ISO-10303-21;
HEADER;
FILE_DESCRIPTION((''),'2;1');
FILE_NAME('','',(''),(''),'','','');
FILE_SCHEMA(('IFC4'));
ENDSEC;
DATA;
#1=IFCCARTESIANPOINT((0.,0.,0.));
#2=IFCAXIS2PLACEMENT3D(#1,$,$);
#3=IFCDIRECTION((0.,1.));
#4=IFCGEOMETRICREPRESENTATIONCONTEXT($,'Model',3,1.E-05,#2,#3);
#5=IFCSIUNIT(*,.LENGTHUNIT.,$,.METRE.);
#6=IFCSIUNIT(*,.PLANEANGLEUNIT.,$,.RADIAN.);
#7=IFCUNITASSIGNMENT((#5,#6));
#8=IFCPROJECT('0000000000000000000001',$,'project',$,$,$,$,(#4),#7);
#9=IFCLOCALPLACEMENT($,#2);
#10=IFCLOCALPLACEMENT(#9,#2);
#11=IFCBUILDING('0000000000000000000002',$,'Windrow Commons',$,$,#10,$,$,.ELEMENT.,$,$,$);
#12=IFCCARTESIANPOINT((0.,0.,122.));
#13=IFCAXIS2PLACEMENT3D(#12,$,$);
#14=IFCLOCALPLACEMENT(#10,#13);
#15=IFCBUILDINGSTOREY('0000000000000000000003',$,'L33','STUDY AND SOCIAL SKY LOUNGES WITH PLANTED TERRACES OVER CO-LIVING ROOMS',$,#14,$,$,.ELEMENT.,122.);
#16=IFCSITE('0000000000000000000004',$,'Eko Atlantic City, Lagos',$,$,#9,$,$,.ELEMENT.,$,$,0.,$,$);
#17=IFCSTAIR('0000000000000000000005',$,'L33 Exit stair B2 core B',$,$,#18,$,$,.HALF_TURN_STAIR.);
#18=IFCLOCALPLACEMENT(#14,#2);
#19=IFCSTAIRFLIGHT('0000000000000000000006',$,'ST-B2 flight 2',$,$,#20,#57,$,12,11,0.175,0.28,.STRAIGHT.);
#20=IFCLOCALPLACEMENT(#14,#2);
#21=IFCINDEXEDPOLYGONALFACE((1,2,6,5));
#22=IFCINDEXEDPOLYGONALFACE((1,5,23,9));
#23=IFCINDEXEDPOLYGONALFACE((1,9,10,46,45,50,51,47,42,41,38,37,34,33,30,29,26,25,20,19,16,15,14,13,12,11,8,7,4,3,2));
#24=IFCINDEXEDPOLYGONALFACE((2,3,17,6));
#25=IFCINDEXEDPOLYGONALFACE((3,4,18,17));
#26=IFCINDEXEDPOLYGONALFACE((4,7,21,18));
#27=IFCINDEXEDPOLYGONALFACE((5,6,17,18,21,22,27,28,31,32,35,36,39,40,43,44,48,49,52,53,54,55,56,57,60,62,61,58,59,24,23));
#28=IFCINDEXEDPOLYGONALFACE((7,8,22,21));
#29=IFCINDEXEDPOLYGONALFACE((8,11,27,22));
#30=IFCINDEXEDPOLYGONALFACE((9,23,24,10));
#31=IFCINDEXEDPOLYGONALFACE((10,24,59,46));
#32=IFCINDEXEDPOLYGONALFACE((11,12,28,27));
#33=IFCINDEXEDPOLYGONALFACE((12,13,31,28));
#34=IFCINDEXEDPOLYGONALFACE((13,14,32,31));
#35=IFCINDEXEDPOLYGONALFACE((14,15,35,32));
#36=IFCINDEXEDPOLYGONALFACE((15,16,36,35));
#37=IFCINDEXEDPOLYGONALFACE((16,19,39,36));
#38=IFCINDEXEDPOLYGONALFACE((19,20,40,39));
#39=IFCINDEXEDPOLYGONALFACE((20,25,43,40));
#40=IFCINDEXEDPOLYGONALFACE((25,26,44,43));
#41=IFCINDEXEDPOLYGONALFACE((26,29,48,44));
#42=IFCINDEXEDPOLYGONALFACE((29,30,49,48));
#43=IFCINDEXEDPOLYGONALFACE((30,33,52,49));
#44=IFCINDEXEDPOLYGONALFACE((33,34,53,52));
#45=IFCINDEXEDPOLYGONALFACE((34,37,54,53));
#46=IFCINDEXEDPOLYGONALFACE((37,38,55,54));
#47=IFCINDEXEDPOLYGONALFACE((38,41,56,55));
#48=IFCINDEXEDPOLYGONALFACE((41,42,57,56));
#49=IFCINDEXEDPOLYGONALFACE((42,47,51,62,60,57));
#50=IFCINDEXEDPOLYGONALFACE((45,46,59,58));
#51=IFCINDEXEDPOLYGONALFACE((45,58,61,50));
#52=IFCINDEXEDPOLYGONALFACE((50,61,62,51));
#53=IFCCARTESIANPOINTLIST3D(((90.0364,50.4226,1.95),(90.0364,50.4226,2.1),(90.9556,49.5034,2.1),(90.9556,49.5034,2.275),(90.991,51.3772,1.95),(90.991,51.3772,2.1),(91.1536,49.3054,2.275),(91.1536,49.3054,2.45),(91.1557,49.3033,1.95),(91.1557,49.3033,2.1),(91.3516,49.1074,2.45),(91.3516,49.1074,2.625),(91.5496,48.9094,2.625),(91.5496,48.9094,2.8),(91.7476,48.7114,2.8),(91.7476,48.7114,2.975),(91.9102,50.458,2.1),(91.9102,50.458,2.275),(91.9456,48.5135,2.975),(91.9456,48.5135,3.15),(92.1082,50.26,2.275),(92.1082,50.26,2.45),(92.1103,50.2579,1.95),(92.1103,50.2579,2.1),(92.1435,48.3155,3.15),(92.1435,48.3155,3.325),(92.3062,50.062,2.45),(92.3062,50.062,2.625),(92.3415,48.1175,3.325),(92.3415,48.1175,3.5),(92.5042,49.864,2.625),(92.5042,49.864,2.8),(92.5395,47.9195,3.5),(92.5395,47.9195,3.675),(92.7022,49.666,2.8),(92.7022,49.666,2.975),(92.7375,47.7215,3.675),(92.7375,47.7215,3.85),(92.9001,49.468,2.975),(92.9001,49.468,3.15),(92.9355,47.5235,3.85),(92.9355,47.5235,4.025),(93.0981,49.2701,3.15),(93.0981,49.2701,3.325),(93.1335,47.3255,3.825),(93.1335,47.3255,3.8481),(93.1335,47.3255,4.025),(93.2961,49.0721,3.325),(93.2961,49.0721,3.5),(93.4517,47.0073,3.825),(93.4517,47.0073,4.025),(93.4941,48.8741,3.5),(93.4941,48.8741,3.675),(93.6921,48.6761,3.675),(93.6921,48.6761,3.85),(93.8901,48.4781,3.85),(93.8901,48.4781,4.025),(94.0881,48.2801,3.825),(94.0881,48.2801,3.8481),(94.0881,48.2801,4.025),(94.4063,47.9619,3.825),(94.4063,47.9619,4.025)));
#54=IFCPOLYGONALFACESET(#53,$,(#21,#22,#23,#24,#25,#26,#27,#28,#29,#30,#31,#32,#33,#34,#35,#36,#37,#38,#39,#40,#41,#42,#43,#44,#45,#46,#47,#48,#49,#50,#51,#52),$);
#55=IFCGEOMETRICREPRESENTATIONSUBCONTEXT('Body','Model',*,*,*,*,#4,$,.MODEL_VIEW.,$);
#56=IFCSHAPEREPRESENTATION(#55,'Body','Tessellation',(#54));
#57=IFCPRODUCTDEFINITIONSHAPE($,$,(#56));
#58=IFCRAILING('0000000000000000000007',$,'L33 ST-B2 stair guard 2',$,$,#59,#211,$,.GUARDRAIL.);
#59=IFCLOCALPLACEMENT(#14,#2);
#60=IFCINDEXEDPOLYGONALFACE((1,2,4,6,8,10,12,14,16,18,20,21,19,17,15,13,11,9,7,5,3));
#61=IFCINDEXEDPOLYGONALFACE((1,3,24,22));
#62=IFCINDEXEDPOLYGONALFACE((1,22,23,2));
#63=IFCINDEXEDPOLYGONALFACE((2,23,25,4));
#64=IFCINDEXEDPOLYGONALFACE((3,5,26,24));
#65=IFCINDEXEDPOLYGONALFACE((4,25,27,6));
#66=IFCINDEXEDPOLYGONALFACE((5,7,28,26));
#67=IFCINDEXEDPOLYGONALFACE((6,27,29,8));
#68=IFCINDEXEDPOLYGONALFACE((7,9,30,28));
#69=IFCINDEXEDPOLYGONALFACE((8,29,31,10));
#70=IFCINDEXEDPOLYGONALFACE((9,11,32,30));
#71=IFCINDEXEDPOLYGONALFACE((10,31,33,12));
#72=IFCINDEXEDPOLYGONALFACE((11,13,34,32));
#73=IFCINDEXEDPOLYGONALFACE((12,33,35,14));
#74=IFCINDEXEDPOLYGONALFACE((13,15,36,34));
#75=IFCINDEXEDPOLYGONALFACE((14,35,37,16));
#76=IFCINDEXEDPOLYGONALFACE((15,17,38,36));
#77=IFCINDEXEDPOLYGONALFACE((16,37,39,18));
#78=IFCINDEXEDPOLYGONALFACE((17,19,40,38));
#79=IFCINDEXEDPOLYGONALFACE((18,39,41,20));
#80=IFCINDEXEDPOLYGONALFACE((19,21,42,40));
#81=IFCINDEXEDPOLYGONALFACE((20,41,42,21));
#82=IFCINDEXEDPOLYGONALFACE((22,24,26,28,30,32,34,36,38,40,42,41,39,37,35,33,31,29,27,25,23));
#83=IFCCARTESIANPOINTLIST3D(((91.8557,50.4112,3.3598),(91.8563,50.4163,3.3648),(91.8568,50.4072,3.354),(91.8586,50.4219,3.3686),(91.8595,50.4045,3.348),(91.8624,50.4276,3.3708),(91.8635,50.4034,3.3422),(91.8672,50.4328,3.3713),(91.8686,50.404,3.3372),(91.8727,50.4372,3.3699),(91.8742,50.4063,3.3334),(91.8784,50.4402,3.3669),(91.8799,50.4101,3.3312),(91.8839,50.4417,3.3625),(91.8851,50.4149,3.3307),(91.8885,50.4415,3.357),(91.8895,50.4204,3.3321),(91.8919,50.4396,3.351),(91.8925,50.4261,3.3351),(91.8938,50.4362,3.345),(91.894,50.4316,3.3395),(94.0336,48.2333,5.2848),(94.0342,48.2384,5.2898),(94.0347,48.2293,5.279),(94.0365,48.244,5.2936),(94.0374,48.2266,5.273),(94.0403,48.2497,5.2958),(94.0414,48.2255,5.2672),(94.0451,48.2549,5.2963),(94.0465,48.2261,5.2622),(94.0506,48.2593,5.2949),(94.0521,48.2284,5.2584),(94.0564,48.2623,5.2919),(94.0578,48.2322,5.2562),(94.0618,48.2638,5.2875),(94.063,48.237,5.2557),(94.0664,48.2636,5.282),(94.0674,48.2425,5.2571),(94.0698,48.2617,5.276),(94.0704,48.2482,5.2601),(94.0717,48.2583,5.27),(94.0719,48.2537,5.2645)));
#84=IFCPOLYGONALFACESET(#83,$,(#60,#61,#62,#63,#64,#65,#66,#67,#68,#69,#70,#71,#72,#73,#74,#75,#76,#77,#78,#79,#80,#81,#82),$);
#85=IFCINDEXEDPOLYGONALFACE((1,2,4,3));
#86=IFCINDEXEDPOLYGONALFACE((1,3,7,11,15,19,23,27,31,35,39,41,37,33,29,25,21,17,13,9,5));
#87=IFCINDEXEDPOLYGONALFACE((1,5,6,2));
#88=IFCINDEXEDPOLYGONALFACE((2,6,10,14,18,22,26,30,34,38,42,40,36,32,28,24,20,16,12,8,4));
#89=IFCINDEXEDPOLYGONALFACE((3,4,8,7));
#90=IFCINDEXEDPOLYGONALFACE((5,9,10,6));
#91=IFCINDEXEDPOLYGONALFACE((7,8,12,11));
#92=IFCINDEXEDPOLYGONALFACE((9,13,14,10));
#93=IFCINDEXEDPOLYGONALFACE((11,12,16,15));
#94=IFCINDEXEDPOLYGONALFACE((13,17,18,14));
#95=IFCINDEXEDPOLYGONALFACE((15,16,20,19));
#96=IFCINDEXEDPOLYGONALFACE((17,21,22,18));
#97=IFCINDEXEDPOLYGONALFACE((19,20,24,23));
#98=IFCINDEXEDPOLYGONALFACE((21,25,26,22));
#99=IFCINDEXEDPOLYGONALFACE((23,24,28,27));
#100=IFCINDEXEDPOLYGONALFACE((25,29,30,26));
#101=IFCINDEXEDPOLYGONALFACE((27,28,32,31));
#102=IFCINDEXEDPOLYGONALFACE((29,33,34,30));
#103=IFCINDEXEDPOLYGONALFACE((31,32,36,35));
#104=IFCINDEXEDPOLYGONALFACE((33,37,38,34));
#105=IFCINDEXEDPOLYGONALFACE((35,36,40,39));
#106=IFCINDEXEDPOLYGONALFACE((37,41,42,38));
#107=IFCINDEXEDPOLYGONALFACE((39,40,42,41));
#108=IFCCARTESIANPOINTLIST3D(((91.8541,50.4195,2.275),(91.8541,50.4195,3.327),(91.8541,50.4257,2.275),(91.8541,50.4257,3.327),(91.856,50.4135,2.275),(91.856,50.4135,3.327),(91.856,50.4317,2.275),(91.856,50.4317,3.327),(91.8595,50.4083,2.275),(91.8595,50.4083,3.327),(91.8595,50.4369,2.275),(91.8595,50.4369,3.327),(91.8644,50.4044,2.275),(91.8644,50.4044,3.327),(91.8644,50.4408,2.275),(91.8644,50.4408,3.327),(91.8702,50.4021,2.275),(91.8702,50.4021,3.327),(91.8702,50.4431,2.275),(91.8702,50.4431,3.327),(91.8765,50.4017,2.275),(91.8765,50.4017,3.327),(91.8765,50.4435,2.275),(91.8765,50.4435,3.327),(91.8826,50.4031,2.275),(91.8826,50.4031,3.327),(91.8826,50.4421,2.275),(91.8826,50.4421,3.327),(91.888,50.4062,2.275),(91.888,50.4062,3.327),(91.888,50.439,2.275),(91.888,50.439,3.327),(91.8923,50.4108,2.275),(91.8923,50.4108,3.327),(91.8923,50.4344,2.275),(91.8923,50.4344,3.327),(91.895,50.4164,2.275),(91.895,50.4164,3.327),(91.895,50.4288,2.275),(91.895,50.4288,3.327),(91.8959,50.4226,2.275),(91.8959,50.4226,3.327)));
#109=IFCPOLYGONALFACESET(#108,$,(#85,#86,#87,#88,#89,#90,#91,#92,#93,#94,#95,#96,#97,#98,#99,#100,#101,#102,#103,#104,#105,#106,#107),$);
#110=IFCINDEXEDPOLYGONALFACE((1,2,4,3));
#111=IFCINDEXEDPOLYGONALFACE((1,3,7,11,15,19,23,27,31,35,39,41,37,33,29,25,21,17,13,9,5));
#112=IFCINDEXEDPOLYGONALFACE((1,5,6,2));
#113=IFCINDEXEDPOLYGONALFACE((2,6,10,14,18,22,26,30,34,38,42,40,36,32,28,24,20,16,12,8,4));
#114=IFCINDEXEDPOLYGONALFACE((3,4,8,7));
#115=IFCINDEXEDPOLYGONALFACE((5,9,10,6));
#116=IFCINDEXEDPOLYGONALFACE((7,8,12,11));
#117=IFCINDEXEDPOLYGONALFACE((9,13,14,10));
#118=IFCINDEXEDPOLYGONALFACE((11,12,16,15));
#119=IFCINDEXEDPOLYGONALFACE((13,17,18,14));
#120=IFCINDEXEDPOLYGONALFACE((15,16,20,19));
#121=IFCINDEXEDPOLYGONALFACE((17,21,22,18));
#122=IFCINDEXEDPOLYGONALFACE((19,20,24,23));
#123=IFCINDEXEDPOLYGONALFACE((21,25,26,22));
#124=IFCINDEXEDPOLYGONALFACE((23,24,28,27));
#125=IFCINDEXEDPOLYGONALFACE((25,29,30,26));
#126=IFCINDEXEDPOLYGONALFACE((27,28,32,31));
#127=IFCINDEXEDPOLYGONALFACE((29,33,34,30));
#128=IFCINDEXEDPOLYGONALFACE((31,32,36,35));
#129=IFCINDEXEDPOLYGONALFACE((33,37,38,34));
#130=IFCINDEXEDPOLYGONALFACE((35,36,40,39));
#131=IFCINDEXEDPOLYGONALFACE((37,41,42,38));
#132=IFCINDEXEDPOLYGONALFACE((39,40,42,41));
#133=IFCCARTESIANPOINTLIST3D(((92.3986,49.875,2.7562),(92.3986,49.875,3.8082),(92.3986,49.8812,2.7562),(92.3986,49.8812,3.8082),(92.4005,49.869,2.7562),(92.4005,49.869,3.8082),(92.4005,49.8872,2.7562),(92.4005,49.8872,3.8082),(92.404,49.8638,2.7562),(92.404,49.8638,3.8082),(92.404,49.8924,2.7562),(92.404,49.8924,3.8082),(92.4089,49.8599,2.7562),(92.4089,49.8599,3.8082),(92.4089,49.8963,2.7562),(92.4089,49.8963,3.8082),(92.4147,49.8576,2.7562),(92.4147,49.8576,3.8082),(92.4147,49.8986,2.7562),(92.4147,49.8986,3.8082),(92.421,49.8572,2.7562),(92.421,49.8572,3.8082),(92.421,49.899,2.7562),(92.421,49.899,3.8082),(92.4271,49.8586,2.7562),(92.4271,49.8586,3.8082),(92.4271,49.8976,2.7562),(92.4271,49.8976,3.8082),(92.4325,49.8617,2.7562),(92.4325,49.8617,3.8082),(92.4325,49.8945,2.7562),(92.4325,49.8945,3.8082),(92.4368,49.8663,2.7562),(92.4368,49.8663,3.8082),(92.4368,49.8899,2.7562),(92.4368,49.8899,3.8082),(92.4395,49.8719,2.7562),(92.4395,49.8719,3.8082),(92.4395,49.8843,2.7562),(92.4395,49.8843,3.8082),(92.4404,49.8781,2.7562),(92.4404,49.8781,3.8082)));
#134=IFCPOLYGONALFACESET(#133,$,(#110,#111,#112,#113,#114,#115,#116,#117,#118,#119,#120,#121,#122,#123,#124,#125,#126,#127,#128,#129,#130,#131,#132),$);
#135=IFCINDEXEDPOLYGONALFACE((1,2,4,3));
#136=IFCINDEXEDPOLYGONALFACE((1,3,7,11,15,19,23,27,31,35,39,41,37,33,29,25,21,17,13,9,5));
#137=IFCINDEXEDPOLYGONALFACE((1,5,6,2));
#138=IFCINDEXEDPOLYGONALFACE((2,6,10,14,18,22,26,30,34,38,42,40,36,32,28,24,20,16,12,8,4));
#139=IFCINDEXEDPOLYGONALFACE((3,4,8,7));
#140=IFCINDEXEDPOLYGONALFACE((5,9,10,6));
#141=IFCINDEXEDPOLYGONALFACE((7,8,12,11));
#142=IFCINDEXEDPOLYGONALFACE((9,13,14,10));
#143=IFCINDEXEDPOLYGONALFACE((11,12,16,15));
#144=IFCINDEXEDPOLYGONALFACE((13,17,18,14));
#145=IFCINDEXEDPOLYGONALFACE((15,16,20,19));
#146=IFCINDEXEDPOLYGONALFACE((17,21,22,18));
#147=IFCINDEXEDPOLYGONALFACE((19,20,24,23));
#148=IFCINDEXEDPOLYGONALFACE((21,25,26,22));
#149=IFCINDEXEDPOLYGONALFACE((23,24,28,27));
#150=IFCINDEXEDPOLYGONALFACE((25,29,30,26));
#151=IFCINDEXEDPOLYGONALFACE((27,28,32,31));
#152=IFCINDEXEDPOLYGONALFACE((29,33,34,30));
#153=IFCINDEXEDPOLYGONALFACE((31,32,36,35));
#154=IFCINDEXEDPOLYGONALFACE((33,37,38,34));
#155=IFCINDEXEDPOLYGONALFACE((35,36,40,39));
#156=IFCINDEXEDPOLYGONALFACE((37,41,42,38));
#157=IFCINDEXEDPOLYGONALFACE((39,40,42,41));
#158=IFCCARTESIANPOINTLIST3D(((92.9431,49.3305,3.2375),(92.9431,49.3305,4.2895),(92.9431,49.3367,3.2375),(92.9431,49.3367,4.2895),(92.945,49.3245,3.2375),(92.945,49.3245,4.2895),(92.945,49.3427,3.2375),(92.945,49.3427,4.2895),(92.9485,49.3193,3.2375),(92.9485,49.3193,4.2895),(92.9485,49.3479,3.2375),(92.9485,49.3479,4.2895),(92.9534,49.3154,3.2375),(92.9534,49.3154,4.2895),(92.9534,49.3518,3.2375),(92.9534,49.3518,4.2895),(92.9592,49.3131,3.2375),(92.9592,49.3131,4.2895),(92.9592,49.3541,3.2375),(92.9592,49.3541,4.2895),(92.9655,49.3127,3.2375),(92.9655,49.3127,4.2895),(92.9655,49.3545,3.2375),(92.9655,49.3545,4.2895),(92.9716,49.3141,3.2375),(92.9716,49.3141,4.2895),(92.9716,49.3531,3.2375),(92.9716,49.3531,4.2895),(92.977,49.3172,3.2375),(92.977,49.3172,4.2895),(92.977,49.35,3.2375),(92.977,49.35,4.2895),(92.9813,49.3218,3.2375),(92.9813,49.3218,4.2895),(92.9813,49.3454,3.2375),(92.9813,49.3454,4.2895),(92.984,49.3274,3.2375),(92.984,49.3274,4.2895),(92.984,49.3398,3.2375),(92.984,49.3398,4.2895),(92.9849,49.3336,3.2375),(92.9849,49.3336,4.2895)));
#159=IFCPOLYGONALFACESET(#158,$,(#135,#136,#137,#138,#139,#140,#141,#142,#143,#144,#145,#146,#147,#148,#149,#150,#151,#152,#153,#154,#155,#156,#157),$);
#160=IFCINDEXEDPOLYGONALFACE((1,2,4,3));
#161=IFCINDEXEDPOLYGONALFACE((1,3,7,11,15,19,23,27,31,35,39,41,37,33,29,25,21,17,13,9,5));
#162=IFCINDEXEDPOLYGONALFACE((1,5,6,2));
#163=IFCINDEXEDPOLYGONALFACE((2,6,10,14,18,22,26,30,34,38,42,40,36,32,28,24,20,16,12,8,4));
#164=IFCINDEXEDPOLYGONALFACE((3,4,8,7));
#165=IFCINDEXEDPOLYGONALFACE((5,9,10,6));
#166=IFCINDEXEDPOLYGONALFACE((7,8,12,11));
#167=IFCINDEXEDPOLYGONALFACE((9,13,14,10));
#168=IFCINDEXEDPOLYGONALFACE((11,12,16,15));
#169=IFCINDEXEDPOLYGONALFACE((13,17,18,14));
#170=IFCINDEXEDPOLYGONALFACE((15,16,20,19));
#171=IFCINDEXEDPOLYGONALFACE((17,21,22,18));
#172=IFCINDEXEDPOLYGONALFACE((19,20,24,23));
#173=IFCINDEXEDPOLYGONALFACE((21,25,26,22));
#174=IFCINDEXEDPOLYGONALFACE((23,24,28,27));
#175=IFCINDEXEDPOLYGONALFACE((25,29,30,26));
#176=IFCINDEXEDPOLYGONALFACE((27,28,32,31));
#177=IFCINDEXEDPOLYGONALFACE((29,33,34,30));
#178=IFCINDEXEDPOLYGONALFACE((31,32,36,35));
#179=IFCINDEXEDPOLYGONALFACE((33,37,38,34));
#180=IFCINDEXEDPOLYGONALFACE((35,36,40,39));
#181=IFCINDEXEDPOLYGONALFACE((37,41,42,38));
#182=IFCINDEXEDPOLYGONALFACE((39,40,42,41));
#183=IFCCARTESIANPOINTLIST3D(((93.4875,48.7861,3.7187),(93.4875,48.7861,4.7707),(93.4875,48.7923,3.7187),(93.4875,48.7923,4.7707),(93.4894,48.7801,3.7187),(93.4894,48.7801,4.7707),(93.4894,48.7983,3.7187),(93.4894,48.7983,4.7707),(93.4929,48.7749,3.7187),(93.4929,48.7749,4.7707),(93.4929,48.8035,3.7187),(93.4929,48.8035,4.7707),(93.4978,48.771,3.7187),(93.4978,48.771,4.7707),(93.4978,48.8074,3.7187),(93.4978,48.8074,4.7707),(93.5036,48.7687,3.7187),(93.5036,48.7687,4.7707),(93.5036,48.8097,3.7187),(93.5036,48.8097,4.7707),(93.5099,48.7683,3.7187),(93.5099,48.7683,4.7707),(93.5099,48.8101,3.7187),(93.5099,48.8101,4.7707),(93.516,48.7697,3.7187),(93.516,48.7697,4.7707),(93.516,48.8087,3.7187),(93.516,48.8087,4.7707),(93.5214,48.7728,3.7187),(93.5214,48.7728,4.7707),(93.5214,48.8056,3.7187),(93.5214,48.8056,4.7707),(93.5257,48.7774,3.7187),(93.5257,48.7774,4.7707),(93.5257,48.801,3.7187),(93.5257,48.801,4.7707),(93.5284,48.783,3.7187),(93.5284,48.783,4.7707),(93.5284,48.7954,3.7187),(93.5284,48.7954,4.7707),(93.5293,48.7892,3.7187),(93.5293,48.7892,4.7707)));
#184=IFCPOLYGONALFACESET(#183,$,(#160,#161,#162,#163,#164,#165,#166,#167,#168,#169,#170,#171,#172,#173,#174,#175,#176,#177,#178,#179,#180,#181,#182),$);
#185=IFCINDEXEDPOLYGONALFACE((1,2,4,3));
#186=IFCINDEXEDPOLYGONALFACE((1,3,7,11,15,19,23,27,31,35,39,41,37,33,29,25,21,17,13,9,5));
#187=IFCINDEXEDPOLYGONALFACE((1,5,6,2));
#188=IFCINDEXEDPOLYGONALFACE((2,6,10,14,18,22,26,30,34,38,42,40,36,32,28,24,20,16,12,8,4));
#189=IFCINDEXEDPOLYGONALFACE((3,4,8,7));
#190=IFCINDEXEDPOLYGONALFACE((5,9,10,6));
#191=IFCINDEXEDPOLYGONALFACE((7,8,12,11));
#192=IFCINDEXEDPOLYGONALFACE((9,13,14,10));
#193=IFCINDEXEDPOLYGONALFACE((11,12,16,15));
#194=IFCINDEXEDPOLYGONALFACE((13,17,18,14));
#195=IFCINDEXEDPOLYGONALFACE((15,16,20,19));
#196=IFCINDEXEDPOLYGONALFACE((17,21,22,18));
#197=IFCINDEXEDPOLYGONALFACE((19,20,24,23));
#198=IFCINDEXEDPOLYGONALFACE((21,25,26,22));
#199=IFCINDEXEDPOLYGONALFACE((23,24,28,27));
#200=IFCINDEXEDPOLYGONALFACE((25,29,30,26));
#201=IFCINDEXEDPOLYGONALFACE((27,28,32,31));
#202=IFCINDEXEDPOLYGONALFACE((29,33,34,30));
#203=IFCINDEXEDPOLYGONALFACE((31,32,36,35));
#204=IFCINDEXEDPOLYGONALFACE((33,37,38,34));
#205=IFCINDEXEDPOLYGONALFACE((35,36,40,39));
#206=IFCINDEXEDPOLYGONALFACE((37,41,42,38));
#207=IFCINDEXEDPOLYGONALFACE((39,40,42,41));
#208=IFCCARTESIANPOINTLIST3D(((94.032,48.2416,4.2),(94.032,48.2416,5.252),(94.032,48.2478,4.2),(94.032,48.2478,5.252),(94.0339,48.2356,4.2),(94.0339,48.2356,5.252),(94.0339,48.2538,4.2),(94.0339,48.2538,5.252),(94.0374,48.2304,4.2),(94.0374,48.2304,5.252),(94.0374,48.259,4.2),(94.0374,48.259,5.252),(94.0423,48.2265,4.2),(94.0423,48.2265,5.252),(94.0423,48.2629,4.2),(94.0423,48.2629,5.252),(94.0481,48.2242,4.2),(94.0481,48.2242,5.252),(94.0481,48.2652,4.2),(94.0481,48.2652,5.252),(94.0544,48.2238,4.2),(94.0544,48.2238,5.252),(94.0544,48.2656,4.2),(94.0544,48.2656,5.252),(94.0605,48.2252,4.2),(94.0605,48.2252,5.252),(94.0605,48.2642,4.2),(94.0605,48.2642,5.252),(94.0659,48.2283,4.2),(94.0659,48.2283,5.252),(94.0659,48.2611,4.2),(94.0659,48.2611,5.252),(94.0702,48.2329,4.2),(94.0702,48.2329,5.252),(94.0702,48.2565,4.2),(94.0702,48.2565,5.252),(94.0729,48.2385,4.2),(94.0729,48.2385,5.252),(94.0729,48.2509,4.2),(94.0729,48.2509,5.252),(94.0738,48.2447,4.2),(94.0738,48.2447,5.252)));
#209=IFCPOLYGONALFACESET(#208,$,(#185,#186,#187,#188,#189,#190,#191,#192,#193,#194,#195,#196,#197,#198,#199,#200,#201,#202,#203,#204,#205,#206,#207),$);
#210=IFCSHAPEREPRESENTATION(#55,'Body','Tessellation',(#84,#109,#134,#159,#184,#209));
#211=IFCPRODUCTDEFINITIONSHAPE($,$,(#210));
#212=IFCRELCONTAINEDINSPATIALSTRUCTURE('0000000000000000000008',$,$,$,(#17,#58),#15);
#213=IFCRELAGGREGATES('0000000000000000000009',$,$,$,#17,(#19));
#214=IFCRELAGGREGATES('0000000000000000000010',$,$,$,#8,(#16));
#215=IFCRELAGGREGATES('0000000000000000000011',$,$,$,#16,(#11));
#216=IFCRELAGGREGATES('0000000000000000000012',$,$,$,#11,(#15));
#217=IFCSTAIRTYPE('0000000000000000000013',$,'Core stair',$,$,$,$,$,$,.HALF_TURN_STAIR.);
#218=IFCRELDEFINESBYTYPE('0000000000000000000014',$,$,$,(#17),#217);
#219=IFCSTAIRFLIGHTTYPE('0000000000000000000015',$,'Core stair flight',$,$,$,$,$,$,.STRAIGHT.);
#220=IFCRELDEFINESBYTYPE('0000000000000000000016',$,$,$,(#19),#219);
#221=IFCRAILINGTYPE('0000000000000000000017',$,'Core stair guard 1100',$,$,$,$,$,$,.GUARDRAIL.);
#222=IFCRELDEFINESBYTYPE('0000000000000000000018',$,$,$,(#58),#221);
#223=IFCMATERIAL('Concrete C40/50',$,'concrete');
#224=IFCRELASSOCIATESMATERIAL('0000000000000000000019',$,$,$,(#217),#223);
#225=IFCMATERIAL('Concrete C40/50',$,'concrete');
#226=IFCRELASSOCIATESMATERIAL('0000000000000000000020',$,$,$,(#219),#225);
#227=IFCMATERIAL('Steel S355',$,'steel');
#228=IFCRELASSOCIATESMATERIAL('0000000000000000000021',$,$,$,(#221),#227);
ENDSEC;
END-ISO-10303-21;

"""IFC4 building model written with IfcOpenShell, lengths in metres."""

from ifc_helpers import new_model, si_unit, direction, frame, origin, origin_2d, place, context, subcontext, project, spatial, polyline, circle, outline, extrude, material, type_object, element, aggregate, save


model = new_model("IFC4")

# Units and contexts
model_context = context("Model", 3, precision=1e-05, world=origin(), true_north=direction((0.0, 1.0)))
body_context = subcontext(model_context, "Body", "Model", "MODEL_VIEW")
ifc_project = project(units=[si_unit("LENGTHUNIT", "METRE"), si_unit("PLANEANGLEUNIT", "RADIAN")], contexts=[model_context])

# Site, building, storey
site_placement = place(None, origin())
site = spatial("IfcSite", under=ifc_project, at=site_placement, Name="Eko Atlantic City, Lagos", CompositionType="ELEMENT", RefElevation=0.0)
building_placement = place(site_placement, origin())
building = spatial("IfcBuilding", under=site, at=building_placement, Name="Windrow Commons", CompositionType="ELEMENT")
storey_placement = place(building_placement, frame((0.0, 0.0, 122.0)))
storey = spatial("IfcBuildingStorey", under=building, at=storey_placement, Name="L33", Description="STUDY AND SOCIAL SKY LOUNGES WITH PLANTED TERRACES OVER CO-LIVING ROOMS", CompositionType="ELEMENT", Elevation=122.0)

# Shared definitions
placement = place(storey_placement, origin())

# Stair, stair flight
ifc_material_1 = material(Name="Concrete C40/50", Category="concrete")
stair_type = type_object("IfcStairType", Name="Core stair", PredefinedType="HALF_TURN_STAIR", material=ifc_material_1)
stair = element("IfcStair", 1, at=placement, inside=storey, type_object=stair_type, Name="L33 Exit stair B2 core B", PredefinedType="HALF_TURN_STAIR")
ifc_material_2 = material(Name="Concrete C40/50", Category="concrete")
stair_flight_type = type_object("IfcStairFlightType", Name="Core stair flight", PredefinedType="STRAIGHT", material=ifc_material_2)
stair_flight_placement = place(storey_placement, frame((91.4329, 49.9807, 2.1), z_axis=(0.0, 0.0, 1.0), x_axis=(0.707107, -0.707107, 0.0)))
stair_flight = element("IfcStairFlight", 2, at=stair_flight_placement, type_object=stair_flight_type, Name="ST-B2 flight 2", NumberOfRisers=12, NumberOfTreads=11, PredefinedType="STRAIGHT", RiserHeight=0.175, TreadLength=0.28, context=body_context, shape_type="SweptSolid", body=[
    extrude(outline(polyline([(-1.3, -0.15), (-1.3, 0.0), (0.0, 0.0), (0.0, 0.175), (0.28, 0.175), (0.28, 0.35), (0.56, 0.35), (0.56, 0.525), (0.84, 0.525), (0.84, 0.7), (1.12, 0.7), (1.12, 0.875), (1.4, 0.875), (1.4, 1.05), (1.68, 1.05), (1.68, 1.225), (1.96, 1.225), (1.96, 1.4), (2.24, 1.4), (2.24, 1.575), (2.52, 1.575), (2.52, 1.75), (2.8, 1.75), (2.8, 1.925), (3.08, 1.925), (3.53, 1.925), (3.53, 1.725), (3.08, 1.725), (3.08, 1.7481), (0.283, 0.0), (0.283, -0.15), (-1.3, -0.15)])), frame((0.0, 0.675, 0.0), z_axis=(0.0, -1.0, 0.0), x_axis=(1.0, 0.0, 0.0)), (0.0, 0.0, 1.0), 1.35),
])
aggregate(stair, [stair_flight])

# Railing
ifc_material_3 = material(Name="Steel S355", Category="steel")
railing_type_1 = type_object("IfcRailingType", Name="Core stair guard 1100", PredefinedType="GUARDRAIL", material=ifc_material_3)
railing_1_placement = place(storey_placement, frame((91.8749, 50.4226, 2.275)))
element("IfcRailing", 3, at=railing_1_placement, inside=storey, type_object=railing_type_1, Name="L33 ST-B2 stair guard 2", PredefinedType="GUARDRAIL", context=body_context, shape_type="SweptSolid", body=[
    extrude(circle(Radius=0.024, at=origin_2d()), frame((0.0, 0.0, 1.076), z_axis=(0.599626, -0.599626, 0.529997), x_axis=(0.707107, 0.707107, 0.0)), (0.0, 0.0, 1.0), 3.6321),
    extrude(circle(Radius=0.021, at=origin_2d()), origin(), (0.0, 0.0, 1.0), 1.052),
    extrude(circle(Radius=0.021, at=origin_2d()), frame((0.5445, -0.5445, 0.4812)), (0.0, 0.0, 1.0), 1.052),
    extrude(circle(Radius=0.021, at=origin_2d()), frame((1.089, -1.089, 0.9625)), (0.0, 0.0, 1.0), 1.052),
    extrude(circle(Radius=0.021, at=origin_2d()), frame((1.6334, -1.6334, 1.4437)), (0.0, 0.0, 1.0), 1.052),
    extrude(circle(Radius=0.021, at=origin_2d()), frame((2.1779, -2.1779, 1.925)), (0.0, 0.0, 1.0), 1.052),
])

save(model, "model.ifc")
